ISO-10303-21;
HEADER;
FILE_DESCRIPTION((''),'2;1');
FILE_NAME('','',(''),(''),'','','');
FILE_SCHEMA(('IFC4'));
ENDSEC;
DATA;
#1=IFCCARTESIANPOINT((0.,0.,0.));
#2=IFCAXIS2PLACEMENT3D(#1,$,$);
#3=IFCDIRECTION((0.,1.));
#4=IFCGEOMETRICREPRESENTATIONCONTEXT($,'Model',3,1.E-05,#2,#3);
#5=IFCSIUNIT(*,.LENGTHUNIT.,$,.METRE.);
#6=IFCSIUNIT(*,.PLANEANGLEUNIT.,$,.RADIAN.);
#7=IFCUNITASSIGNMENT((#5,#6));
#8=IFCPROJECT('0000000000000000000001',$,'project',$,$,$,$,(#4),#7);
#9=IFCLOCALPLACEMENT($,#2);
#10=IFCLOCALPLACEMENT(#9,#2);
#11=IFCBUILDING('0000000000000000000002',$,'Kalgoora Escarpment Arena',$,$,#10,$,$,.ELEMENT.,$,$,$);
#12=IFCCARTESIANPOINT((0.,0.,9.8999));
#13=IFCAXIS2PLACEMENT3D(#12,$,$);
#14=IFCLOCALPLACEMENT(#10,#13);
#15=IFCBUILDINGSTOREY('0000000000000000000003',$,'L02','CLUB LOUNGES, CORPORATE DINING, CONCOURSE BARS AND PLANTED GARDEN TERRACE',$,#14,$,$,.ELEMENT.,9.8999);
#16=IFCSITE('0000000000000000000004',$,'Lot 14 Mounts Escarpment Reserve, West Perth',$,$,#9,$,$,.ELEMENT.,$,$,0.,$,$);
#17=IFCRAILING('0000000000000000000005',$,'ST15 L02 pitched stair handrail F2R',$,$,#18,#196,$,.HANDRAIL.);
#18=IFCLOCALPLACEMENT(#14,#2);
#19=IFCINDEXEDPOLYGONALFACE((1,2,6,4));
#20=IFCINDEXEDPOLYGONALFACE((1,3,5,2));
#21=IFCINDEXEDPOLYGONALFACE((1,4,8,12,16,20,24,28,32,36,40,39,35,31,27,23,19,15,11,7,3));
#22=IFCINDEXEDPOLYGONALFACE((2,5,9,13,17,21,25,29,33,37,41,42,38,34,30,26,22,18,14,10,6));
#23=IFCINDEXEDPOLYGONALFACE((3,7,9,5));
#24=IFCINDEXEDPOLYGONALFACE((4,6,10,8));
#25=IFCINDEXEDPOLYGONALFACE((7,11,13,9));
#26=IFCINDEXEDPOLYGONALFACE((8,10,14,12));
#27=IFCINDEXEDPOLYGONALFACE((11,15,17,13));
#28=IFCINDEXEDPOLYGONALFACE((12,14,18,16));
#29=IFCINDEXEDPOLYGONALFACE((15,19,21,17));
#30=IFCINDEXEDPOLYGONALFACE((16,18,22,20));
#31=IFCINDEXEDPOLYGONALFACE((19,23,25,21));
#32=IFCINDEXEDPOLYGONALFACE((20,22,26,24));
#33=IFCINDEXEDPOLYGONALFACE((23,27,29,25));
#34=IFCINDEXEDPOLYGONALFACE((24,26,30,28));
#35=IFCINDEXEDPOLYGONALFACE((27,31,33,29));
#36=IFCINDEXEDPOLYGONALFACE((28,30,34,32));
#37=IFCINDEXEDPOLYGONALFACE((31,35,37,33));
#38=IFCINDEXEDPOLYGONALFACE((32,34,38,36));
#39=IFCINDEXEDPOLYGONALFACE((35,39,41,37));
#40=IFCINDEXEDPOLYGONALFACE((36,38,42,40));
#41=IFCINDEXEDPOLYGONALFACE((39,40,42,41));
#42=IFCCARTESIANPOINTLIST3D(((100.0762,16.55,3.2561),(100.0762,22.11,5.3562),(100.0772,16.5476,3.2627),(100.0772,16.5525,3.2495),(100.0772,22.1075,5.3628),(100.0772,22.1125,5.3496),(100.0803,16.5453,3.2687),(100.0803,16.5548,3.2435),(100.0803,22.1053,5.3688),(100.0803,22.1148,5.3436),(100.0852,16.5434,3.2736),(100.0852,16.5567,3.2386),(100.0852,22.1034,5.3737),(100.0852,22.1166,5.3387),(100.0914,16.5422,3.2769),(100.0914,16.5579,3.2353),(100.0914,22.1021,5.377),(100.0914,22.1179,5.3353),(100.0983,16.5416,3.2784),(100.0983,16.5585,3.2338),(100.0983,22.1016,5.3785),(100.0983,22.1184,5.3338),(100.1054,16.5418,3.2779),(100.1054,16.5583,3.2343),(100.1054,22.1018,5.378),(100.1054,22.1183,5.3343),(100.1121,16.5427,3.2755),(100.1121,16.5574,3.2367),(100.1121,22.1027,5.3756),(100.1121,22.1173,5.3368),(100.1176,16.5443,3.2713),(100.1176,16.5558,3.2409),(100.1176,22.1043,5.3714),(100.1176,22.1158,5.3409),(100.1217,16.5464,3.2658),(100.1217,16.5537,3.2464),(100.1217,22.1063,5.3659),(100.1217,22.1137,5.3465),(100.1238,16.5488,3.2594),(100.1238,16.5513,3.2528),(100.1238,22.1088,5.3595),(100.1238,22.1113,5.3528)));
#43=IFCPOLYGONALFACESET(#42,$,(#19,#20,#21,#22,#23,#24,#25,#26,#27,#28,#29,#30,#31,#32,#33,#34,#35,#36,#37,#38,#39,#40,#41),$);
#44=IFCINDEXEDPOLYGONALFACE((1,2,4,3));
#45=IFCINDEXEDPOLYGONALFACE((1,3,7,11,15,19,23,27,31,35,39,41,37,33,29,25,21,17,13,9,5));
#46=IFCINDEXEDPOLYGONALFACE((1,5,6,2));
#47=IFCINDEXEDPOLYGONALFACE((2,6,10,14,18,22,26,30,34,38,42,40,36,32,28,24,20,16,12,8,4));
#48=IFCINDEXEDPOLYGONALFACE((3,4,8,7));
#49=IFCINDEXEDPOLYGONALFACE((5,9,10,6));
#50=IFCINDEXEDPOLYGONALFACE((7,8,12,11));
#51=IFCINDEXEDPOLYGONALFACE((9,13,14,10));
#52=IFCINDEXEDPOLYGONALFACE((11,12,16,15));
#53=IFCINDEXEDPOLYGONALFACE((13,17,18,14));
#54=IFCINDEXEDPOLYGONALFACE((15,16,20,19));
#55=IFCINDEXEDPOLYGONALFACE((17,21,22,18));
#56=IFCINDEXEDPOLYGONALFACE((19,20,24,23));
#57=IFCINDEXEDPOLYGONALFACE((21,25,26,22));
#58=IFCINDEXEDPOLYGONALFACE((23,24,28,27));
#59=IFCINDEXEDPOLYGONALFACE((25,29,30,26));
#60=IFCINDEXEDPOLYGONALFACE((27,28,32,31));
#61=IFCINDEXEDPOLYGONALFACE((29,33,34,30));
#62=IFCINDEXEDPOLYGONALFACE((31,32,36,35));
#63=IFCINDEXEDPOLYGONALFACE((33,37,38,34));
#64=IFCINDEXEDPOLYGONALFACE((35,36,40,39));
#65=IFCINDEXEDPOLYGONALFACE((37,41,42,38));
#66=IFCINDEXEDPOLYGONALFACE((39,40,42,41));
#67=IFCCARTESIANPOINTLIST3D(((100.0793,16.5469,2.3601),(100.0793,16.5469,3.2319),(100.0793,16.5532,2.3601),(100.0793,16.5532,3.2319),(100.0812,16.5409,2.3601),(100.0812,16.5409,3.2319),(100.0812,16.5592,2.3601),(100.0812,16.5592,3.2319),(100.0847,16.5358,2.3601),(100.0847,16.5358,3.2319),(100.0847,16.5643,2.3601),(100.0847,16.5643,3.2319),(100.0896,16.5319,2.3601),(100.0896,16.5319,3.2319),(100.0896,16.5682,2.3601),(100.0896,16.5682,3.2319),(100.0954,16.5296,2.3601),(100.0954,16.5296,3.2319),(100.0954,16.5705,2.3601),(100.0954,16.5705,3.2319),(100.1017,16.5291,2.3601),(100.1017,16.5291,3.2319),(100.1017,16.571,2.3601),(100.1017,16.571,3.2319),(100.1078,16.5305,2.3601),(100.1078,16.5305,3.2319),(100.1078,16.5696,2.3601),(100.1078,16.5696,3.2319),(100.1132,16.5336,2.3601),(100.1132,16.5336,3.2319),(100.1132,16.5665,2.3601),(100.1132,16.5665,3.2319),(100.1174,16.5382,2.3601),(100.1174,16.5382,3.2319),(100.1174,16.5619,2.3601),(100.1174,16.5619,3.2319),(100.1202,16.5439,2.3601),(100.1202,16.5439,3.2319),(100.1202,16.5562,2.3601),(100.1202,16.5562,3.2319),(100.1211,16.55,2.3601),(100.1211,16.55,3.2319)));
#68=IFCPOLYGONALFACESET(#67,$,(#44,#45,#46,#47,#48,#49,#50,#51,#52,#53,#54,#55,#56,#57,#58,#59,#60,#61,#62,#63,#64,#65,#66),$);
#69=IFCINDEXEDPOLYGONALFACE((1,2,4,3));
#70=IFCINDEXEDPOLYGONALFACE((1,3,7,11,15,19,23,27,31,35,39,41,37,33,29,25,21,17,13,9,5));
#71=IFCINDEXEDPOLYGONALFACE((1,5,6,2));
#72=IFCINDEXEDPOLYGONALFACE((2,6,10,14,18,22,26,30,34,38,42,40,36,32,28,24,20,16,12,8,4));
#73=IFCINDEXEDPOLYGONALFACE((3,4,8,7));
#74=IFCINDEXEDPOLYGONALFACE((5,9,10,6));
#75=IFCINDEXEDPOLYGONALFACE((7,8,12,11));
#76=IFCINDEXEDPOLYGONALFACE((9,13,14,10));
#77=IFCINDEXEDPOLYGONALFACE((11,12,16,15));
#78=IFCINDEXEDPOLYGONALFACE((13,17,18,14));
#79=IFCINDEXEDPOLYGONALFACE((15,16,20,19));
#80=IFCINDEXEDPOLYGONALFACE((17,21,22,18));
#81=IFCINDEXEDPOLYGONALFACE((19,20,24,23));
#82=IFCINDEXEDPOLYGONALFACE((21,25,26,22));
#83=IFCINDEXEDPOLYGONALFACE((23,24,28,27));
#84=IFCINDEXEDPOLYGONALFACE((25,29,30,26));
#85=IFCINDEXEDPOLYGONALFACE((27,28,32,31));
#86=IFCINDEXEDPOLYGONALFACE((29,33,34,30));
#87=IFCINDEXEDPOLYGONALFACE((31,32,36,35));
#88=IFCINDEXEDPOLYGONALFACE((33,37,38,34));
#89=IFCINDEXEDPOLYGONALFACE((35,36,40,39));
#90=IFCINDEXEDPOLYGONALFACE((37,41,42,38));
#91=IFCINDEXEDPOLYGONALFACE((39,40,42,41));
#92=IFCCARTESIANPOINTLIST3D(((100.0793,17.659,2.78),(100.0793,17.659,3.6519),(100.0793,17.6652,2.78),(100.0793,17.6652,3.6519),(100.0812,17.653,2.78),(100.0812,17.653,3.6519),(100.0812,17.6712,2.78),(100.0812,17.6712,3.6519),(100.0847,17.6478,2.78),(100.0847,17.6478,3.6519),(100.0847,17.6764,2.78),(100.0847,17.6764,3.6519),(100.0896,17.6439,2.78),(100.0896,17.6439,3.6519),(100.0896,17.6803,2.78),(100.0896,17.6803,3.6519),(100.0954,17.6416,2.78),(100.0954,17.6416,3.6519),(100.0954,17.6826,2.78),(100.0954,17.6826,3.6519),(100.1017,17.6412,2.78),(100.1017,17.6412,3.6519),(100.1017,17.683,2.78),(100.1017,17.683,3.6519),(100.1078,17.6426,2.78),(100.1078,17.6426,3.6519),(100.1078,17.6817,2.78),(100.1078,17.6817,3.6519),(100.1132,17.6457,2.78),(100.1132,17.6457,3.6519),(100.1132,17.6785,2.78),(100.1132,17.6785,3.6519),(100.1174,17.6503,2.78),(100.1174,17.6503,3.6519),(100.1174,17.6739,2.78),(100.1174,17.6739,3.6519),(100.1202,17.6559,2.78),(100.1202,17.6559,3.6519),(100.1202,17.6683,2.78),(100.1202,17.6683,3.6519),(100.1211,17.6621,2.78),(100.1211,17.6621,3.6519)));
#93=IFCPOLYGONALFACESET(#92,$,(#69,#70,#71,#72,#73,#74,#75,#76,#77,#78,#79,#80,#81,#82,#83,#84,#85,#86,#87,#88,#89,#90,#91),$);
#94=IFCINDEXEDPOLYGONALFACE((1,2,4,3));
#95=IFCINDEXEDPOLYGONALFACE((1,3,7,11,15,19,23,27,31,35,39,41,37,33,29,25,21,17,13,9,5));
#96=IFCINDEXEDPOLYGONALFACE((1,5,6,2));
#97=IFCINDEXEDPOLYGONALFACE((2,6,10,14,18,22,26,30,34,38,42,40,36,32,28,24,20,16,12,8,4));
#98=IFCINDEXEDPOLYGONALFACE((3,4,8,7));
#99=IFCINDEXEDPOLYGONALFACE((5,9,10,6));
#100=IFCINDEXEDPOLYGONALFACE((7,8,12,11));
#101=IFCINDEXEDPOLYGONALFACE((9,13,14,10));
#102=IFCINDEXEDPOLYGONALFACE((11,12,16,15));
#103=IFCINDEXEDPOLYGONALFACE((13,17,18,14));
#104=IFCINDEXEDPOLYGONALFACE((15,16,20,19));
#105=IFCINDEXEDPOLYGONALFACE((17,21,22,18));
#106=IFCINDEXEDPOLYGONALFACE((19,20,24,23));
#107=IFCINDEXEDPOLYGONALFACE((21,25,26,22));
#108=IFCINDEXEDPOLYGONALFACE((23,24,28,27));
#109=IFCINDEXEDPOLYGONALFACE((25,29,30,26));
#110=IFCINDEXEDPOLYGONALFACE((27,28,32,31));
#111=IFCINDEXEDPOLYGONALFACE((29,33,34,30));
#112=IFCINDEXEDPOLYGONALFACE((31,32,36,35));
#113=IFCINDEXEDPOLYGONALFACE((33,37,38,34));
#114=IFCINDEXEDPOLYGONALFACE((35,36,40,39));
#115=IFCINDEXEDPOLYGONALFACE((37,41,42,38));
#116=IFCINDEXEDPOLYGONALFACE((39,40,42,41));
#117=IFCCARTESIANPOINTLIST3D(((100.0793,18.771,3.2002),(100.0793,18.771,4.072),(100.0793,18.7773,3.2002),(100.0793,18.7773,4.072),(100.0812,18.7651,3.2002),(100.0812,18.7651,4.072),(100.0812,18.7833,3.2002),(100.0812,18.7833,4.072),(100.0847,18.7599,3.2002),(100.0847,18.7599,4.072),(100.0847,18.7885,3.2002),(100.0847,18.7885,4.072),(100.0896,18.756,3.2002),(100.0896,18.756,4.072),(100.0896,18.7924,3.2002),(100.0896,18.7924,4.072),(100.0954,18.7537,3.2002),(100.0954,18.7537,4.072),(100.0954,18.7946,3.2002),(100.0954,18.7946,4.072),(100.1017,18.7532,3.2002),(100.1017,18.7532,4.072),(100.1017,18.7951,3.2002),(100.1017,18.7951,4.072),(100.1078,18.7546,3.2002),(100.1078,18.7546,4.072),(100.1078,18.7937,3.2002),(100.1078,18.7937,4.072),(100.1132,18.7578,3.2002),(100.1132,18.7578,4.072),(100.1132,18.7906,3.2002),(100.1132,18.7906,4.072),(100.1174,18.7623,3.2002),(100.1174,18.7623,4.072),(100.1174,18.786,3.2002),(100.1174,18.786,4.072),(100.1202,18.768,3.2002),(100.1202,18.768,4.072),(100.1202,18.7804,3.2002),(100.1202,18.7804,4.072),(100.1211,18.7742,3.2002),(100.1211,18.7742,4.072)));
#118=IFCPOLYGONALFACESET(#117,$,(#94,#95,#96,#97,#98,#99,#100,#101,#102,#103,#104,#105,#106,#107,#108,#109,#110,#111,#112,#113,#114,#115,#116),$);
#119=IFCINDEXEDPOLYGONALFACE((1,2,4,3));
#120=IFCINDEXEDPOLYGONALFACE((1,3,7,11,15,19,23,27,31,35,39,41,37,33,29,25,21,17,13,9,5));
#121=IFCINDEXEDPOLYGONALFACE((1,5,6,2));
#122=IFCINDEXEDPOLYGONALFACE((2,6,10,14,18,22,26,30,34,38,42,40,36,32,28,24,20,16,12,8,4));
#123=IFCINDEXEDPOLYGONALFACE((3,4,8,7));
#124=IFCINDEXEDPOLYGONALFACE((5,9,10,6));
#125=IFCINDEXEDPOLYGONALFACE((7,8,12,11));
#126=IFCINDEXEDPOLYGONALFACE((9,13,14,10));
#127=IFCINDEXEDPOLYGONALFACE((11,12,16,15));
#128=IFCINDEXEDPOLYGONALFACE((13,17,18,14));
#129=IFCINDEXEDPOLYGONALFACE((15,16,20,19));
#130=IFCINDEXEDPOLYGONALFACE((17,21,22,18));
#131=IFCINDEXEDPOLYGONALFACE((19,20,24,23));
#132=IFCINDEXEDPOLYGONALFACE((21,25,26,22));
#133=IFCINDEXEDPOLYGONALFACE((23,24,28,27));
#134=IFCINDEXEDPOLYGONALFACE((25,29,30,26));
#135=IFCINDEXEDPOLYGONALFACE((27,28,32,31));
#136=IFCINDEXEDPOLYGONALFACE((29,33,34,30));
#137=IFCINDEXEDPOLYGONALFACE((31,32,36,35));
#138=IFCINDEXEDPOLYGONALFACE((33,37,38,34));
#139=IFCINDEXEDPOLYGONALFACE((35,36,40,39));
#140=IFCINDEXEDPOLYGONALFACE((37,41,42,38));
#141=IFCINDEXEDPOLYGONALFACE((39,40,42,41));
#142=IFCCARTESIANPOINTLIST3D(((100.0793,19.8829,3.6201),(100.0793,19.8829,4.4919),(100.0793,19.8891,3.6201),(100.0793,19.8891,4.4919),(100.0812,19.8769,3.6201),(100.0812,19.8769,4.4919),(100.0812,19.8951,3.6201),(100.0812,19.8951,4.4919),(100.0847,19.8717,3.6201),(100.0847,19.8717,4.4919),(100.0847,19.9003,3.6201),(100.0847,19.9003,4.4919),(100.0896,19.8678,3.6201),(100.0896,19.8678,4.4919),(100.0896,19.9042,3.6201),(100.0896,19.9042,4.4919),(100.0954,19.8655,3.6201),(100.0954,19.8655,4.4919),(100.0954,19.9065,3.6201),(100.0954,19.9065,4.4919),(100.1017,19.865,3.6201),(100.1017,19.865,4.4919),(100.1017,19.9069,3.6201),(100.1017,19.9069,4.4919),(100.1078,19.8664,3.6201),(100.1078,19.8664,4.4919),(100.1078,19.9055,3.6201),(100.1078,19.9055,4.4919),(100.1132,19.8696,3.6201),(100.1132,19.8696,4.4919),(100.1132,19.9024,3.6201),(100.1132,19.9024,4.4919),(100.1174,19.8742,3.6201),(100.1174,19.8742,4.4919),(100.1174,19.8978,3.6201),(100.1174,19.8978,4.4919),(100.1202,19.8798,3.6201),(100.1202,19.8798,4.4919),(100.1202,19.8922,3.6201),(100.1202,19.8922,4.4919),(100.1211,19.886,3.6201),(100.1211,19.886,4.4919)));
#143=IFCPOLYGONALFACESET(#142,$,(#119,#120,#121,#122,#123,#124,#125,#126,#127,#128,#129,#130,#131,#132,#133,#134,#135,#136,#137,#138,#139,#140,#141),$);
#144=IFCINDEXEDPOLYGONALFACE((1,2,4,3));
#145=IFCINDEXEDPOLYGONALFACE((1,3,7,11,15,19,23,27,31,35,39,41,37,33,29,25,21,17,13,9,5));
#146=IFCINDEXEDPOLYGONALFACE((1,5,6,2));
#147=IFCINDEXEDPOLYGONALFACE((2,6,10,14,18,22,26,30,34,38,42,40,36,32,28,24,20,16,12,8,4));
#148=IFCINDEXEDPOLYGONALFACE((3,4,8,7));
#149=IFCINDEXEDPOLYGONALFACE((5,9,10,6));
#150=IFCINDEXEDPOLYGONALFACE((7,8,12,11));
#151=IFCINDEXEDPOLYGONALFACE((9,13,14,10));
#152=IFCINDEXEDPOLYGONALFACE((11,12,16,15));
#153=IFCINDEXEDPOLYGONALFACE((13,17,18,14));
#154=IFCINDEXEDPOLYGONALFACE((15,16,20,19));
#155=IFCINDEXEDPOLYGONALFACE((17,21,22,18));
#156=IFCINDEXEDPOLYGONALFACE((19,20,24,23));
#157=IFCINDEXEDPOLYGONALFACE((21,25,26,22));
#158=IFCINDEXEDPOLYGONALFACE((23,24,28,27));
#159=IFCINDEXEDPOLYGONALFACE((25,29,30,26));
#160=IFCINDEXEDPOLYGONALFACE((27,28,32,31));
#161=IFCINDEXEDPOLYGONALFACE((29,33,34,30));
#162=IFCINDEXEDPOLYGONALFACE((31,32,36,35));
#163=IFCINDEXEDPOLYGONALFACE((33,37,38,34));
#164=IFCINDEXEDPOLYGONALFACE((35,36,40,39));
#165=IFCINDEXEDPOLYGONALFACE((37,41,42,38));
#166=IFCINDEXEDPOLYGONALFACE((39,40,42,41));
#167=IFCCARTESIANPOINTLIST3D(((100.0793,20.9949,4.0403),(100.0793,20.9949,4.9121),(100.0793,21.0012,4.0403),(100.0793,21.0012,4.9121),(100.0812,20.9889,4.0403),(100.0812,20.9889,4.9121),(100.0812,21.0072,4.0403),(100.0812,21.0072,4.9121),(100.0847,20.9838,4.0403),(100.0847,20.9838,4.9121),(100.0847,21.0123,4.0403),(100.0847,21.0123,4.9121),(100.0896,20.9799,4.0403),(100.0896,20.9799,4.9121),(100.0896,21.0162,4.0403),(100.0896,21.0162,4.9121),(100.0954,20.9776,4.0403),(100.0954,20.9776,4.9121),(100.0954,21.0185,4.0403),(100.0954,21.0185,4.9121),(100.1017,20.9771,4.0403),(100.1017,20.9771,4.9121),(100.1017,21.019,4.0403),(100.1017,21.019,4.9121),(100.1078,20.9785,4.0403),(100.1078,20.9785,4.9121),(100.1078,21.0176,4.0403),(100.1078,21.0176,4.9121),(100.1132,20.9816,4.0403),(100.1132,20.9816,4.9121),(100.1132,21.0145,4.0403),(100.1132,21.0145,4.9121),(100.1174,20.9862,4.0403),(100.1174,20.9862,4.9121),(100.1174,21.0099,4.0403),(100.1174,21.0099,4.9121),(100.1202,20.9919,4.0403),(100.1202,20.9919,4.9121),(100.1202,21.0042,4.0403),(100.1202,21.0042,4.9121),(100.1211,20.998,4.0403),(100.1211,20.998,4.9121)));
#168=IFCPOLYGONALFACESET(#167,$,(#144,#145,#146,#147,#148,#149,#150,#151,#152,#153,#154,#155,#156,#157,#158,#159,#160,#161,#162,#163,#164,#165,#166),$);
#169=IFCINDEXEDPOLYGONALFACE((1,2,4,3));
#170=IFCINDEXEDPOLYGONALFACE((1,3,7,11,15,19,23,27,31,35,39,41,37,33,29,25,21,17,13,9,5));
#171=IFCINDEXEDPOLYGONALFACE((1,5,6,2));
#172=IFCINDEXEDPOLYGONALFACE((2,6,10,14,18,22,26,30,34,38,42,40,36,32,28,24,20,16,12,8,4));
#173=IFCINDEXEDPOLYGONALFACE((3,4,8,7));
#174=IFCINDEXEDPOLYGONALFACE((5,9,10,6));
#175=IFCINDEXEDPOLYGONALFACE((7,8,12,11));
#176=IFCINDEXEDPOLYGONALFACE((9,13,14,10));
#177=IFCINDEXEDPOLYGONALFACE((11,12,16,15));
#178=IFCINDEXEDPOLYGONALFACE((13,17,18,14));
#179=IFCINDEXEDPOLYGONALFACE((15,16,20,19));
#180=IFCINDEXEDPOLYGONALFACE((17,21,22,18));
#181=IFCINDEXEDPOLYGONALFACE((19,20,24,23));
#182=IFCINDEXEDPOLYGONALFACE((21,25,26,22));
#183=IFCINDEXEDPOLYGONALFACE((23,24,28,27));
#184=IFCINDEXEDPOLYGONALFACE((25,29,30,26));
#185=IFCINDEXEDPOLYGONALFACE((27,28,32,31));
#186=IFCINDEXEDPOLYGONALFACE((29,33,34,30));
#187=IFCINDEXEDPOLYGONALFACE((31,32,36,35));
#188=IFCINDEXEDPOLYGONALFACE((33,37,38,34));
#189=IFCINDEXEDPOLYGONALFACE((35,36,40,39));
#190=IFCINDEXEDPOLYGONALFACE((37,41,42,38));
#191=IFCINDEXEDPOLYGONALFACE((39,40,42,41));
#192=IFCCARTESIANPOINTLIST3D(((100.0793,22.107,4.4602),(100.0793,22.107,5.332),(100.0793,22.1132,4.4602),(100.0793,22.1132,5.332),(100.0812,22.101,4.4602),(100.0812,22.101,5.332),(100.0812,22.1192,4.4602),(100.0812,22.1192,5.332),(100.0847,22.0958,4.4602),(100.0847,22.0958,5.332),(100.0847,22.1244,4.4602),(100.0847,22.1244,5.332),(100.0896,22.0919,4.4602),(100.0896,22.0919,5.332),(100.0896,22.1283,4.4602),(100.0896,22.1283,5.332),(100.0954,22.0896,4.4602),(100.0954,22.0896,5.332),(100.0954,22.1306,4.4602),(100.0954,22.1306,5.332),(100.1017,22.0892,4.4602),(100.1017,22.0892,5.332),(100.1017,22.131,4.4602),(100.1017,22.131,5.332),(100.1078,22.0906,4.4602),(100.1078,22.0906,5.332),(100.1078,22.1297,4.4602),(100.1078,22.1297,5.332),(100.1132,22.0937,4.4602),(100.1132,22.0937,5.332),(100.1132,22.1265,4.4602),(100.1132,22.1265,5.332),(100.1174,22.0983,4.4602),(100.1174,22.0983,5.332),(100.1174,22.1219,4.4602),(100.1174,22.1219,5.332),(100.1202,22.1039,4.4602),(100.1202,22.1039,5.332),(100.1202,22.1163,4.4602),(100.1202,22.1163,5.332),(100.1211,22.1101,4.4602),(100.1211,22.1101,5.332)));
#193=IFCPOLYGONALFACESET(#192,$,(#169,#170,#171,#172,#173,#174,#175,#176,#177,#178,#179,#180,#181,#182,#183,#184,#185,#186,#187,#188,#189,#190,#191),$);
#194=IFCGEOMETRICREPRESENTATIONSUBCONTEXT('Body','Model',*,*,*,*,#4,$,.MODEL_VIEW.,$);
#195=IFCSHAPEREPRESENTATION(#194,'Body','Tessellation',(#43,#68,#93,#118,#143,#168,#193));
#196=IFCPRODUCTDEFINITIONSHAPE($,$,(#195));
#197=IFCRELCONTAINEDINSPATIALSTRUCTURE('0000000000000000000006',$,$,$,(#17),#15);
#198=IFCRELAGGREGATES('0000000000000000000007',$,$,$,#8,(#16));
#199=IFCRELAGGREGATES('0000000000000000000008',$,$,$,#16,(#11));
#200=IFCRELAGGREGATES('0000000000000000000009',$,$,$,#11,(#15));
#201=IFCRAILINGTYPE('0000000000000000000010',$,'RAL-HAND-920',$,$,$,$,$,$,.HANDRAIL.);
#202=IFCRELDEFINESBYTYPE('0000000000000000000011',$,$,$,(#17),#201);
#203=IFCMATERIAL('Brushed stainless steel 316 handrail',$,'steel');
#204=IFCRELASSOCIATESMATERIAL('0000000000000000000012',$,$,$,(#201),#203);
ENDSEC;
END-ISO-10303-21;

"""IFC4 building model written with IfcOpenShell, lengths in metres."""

from ifc_helpers import new_model, si_unit, direction, frame, origin, origin_2d, place, context, subcontext, project, spatial, circle, extrude, material, type_object, element, save


model = new_model("IFC4")

# Units and contexts
model_context = context("Model", 3, precision=1e-05, world=origin(), true_north=direction((0.0, 1.0)))
body_context = subcontext(model_context, "Body", "Model", "MODEL_VIEW")
ifc_project = project(units=[si_unit("LENGTHUNIT", "METRE"), si_unit("PLANEANGLEUNIT", "RADIAN")], contexts=[model_context])

# Site, building, storey
site_placement = place(None, origin())
site = spatial("IfcSite", under=ifc_project, at=site_placement, Name="Lot 14 Mounts Escarpment Reserve, West Perth", CompositionType="ELEMENT", RefElevation=0.0)
building_placement = place(site_placement, origin())
building = spatial("IfcBuilding", under=site, at=building_placement, Name="Kalgoora Escarpment Arena", CompositionType="ELEMENT")
storey_placement = place(building_placement, frame((0.0, 0.0, 9.8999)))
storey = spatial("IfcBuildingStorey", under=building, at=storey_placement, Name="L02", Description="CLUB LOUNGES, CORPORATE DINING, CONCOURSE BARS AND PLANTED GARDEN TERRACE", CompositionType="ELEMENT", Elevation=9.8999)

# Railing
ifc_material_1 = material(Name="Brushed stainless steel 316 handrail", Category="steel")
railing_type_1 = type_object("IfcRailingType", Name="RAL-HAND-920", PredefinedType="HANDRAIL", material=ifc_material_1)
for number, where, name in (
    (1, (100.1001, 16.55, 2.3601), "ST15 L02 pitched stair handrail F2R"),
):
    element("IfcRailing", number, at=place(storey_placement, frame(where)), inside=storey, type_object=railing_type_1, Name=name, PredefinedType="HANDRAIL", context=body_context, shape_type="SweptSolid", body=[
        extrude(circle(Radius=0.0239, at=origin_2d()), frame((0.0, 0.0, 0.896), z_axis=(0.0, 0.935493, 0.353346), x_axis=(-1.0, 0.0, 0.0)), (0.0, 0.0, 1.0), 5.9434),
        extrude(circle(Radius=0.021, at=origin_2d()), origin(), (0.0, 0.0, 1.0), 0.8718),
        extrude(circle(Radius=0.021, at=origin_2d()), frame((0.0, 1.1121, 0.4199)), (0.0, 0.0, 1.0), 0.8718),
        extrude(circle(Radius=0.021, at=origin_2d()), frame((0.0, 2.2241, 0.8401)), (0.0, 0.0, 1.0), 0.8718),
        extrude(circle(Radius=0.021, at=origin_2d()), frame((0.0, 3.3359, 1.26)), (0.0, 0.0, 1.0), 0.8718),
        extrude(circle(Radius=0.021, at=origin_2d()), frame((0.0, 4.448, 1.6802)), (0.0, 0.0, 1.0), 0.8718),
        extrude(circle(Radius=0.021, at=origin_2d()), frame((0.0, 5.5601, 2.1001)), (0.0, 0.0, 1.0), 0.8718),
    ])

save(model, "model.ifc")
